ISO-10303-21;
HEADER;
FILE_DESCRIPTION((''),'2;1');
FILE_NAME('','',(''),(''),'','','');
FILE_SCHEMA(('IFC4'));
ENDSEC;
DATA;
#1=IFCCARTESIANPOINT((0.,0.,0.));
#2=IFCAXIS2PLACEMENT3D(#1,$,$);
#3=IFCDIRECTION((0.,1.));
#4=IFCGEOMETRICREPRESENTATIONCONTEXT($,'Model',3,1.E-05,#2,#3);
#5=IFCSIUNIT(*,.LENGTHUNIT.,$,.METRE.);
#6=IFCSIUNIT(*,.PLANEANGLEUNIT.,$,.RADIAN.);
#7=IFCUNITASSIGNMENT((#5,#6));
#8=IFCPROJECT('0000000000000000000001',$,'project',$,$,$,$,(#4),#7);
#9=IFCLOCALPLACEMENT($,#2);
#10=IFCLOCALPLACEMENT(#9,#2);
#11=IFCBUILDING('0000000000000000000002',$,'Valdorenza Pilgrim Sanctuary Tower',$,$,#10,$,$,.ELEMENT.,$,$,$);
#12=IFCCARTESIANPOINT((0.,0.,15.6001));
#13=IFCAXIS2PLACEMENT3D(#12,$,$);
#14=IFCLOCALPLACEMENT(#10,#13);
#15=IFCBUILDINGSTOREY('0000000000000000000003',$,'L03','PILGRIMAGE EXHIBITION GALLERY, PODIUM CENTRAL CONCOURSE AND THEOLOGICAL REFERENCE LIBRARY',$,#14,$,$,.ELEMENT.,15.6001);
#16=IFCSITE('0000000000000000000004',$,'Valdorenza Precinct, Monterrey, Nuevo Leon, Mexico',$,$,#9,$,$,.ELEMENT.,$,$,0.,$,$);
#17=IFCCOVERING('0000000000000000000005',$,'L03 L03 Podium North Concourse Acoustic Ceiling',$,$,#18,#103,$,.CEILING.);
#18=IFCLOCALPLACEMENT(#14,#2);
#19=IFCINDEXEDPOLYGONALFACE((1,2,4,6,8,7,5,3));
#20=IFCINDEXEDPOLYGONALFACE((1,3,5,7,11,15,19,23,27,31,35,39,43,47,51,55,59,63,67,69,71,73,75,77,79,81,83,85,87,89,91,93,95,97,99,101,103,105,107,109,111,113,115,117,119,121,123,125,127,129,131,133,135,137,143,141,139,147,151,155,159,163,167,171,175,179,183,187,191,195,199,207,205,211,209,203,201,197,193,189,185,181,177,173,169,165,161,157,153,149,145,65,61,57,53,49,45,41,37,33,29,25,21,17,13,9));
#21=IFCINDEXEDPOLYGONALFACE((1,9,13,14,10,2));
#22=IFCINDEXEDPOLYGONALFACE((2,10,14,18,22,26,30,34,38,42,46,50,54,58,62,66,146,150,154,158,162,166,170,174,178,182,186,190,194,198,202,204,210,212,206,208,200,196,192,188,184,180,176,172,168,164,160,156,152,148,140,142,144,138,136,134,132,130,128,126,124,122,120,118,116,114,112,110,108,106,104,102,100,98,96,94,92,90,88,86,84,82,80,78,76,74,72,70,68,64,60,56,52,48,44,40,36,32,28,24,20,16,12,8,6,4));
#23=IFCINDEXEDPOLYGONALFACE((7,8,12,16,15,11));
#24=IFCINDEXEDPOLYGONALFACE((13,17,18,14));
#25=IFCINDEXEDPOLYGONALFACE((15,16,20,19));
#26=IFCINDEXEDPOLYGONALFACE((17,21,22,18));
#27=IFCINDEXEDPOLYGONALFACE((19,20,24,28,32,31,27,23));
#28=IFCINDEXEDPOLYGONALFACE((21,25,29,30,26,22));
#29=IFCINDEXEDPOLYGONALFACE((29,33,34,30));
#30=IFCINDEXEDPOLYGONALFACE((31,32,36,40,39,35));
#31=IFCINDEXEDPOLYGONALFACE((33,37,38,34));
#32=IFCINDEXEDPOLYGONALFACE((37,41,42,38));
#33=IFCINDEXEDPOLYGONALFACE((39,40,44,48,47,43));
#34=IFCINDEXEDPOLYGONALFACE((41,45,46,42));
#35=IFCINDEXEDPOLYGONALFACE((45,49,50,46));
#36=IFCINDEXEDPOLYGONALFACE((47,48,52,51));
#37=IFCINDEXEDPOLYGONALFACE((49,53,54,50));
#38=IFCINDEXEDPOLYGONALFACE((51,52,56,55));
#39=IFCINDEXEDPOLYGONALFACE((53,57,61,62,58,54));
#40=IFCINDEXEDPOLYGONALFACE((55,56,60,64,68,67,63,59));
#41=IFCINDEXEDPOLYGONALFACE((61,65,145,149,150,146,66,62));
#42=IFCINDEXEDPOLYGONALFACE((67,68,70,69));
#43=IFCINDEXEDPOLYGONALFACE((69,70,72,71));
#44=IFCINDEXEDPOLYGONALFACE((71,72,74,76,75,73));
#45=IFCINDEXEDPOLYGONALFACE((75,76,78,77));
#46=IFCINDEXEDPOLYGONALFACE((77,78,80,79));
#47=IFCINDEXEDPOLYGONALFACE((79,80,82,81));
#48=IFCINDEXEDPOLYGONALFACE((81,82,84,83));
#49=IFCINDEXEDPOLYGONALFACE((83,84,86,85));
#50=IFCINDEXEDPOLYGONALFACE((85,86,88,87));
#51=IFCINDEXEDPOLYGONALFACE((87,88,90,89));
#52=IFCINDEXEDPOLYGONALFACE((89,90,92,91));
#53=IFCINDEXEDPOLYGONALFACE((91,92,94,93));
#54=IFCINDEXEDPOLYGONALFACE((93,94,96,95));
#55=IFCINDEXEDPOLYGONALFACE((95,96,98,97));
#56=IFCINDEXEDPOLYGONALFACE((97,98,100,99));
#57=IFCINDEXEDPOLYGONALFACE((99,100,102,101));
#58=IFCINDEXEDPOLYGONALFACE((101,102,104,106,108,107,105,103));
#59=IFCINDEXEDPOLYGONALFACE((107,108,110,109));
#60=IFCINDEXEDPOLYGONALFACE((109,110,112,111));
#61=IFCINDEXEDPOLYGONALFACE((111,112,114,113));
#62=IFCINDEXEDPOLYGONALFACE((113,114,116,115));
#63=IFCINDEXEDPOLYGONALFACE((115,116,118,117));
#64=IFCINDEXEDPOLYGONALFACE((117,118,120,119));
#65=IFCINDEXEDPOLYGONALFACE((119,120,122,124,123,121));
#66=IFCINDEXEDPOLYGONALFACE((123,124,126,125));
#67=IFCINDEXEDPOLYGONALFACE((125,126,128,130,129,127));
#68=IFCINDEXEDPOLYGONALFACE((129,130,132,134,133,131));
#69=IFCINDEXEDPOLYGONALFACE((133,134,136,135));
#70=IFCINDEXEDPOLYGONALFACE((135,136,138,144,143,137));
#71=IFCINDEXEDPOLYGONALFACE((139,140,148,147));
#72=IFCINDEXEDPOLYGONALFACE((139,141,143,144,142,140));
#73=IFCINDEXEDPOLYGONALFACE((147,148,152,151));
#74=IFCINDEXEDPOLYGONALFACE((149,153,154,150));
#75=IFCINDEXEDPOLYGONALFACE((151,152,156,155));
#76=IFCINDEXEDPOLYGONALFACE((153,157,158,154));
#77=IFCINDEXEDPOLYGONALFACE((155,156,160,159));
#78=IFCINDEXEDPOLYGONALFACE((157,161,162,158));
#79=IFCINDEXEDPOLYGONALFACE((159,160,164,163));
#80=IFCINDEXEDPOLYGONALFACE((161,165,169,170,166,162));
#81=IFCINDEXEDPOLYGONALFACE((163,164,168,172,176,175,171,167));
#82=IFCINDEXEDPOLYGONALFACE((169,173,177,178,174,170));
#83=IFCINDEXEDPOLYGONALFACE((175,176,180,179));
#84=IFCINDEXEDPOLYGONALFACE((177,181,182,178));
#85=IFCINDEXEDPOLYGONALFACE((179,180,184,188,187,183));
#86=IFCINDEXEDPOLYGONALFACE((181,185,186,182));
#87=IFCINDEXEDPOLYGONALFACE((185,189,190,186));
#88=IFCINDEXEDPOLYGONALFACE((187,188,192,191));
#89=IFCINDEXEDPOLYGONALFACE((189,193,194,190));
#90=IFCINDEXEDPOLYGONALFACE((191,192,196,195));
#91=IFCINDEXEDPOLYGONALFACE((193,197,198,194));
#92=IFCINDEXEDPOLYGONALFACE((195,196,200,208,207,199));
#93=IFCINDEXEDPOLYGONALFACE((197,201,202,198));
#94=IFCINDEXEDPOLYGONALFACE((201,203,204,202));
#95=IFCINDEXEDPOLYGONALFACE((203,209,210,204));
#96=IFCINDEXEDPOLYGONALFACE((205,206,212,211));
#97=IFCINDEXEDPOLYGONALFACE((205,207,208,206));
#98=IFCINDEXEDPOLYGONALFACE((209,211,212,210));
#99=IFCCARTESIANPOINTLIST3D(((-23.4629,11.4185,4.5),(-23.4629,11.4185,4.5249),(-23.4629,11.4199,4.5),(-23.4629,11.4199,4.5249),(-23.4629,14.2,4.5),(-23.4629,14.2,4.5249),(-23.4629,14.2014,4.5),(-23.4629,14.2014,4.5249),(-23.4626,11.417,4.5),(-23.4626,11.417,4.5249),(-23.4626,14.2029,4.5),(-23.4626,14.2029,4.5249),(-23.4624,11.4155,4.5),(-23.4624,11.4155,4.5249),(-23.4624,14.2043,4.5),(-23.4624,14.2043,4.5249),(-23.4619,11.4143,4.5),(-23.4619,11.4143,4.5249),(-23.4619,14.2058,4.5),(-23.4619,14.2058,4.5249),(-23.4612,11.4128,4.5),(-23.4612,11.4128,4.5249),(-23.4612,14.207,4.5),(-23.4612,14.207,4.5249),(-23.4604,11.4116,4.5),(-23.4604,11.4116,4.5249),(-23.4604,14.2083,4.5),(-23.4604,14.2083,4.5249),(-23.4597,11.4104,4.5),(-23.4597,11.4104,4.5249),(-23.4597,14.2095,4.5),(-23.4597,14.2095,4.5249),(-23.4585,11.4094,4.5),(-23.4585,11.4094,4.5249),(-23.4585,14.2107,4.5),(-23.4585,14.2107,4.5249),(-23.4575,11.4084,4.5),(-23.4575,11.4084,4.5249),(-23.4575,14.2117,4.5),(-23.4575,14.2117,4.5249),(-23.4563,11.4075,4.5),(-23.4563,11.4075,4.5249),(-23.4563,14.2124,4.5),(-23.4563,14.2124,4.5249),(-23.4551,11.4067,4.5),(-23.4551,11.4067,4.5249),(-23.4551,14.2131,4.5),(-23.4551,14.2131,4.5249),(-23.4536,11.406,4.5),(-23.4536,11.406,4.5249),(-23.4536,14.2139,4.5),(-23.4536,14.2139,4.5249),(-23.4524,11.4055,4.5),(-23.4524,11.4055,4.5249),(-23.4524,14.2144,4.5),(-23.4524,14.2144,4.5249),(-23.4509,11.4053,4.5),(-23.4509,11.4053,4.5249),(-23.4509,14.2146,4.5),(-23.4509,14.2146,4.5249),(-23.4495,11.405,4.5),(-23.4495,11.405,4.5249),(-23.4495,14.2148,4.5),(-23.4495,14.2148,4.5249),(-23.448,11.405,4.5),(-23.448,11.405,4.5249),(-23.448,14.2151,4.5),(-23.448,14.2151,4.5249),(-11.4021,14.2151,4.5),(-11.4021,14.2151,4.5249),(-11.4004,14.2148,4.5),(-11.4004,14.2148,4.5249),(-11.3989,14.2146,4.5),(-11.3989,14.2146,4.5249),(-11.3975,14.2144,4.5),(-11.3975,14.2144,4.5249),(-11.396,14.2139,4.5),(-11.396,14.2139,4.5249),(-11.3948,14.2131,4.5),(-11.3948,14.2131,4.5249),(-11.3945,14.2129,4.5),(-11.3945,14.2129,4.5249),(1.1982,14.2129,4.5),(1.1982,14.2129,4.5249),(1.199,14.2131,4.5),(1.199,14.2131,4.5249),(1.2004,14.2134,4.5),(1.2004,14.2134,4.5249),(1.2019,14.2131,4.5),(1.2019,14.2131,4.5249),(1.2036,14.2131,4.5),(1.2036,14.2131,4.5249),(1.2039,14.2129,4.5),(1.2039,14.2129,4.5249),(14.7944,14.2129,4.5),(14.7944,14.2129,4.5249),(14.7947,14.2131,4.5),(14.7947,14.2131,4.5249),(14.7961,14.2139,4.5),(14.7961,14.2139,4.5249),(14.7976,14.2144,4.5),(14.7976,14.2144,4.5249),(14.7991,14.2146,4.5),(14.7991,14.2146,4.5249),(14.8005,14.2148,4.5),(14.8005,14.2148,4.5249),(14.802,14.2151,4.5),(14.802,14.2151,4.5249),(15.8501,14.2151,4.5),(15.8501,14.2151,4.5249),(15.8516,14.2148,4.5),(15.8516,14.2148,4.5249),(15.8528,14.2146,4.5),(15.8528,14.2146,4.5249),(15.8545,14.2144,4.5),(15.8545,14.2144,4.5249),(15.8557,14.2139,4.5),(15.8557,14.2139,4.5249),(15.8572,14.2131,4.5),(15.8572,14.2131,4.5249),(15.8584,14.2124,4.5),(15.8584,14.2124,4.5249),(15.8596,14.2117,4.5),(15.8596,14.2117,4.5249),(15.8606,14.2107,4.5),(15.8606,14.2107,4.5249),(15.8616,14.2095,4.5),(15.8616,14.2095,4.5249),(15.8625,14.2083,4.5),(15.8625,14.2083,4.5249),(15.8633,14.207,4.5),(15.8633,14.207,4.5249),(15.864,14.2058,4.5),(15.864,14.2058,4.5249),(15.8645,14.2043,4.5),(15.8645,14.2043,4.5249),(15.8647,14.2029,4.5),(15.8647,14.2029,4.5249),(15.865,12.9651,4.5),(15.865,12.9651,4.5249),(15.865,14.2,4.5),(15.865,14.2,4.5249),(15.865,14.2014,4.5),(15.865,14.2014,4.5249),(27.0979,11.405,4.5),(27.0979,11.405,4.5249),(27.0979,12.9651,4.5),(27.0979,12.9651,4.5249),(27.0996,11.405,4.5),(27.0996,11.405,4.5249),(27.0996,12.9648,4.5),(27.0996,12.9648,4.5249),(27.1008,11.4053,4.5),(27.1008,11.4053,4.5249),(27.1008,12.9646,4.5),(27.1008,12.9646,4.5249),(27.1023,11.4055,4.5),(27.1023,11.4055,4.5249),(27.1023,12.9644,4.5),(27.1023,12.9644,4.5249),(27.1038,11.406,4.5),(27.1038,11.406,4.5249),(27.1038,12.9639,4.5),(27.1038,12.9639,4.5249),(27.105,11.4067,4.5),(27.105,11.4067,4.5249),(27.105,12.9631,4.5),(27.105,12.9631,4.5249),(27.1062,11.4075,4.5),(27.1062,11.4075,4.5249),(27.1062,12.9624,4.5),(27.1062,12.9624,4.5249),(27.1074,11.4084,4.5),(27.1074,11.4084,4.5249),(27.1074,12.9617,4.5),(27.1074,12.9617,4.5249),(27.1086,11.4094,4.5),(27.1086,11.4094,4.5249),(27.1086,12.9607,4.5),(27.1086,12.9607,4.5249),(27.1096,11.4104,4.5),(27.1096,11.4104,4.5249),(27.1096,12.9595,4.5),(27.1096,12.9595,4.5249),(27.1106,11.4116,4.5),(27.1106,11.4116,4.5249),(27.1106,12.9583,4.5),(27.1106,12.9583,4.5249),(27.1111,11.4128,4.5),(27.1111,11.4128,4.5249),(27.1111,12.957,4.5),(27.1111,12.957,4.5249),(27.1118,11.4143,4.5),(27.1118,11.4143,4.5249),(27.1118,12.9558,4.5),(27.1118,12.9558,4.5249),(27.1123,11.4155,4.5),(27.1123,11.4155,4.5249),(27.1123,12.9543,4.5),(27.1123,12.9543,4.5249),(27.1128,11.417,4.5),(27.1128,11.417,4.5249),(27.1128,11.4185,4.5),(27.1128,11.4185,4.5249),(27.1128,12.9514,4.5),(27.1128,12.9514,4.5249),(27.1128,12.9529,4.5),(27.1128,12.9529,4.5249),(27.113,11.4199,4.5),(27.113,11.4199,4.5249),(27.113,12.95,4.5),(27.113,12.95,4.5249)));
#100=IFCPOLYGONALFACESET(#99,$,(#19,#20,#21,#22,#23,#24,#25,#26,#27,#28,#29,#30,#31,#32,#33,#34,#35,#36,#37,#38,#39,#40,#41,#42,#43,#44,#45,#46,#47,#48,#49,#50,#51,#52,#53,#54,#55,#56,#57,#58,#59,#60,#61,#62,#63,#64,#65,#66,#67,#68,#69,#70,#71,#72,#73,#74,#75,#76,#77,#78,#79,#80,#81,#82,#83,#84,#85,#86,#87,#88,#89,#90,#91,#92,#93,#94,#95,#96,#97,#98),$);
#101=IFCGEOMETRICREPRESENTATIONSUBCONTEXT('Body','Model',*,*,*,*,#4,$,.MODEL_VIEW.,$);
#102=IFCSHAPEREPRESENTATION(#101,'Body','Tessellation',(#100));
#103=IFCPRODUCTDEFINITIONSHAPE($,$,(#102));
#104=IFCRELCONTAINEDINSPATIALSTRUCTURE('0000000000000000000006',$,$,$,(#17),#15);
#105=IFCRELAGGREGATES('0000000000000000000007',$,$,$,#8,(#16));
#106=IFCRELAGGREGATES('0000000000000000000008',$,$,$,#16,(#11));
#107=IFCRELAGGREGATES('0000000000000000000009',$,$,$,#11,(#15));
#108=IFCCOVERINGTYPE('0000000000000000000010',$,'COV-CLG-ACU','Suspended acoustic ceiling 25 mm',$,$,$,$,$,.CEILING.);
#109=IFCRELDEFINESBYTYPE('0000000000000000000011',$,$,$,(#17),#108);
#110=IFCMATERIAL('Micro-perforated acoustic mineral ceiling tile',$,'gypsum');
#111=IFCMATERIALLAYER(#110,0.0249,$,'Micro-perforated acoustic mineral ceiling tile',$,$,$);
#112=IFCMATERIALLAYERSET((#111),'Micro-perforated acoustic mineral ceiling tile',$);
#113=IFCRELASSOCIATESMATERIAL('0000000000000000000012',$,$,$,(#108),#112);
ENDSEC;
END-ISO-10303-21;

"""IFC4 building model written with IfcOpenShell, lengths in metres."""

from ifc_helpers import new_model, si_unit, direction, frame, origin, place, context, subcontext, project, spatial, polyline, outline, extrude, material, layer, layer_set, type_object, element, save


model = new_model("IFC4")

# Units and contexts
model_context = context("Model", 3, precision=1e-05, world=origin(), true_north=direction((0.0, 1.0)))
body_context = subcontext(model_context, "Body", "Model", "MODEL_VIEW")
ifc_project = project(units=[si_unit("LENGTHUNIT", "METRE"), si_unit("PLANEANGLEUNIT", "RADIAN")], contexts=[model_context])

# Site, building, storey
site_placement = place(None, origin())
site = spatial("IfcSite", under=ifc_project, at=site_placement, Name="Valdorenza Precinct, Monterrey, Nuevo Leon, Mexico", CompositionType="ELEMENT", RefElevation=0.0)
building_placement = place(site_placement, origin())
building = spatial("IfcBuilding", under=site, at=building_placement, Name="Valdorenza Pilgrim Sanctuary Tower", CompositionType="ELEMENT")
storey_placement = place(building_placement, frame((0.0, 0.0, 15.6001)))
storey = spatial("IfcBuildingStorey", under=building, at=storey_placement, Name="L03", Description="PILGRIMAGE EXHIBITION GALLERY, PODIUM CENTRAL CONCOURSE AND THEOLOGICAL REFERENCE LIBRARY", CompositionType="ELEMENT", Elevation=15.6001)

# Covering
ifc_material_1 = material(Name="Micro-perforated acoustic mineral ceiling tile", Category="gypsum")
ifc_layer_1 = layer(ifc_material_1, 0.0249, Name="Micro-perforated acoustic mineral ceiling tile")
ifc_layer_set_1 = layer_set([ifc_layer_1], Name="Micro-perforated acoustic mineral ceiling tile")
covering_type_1 = type_object("IfcCoveringType", Name="COV-CLG-ACU", Description="Suspended acoustic ceiling 25 mm", PredefinedType="CEILING", material=ifc_layer_set_1)
covering_1_placement = place(storey_placement, frame((0.0, 0.0, 4.5)))
element("IfcCovering", 1, at=covering_1_placement, inside=storey, type_object=covering_type_1, Name="L03 L03 Podium North Concourse Acoustic Ceiling", PredefinedType="CEILING", context=body_context, shape_type="SweptSolid", body=[
    extrude(outline(polyline([(-23.448, 11.405), (-23.4495, 11.405), (-23.4509, 11.4053), (-23.4524, 11.4055), (-23.4536, 11.406), (-23.4551, 11.4067), (-23.4563, 11.4075), (-23.4575, 11.4084), (-23.4585, 11.4094), (-23.4597, 11.4104), (-23.4604, 11.4116), (-23.4612, 11.4128), (-23.4619, 11.4143), (-23.4624, 11.4155), (-23.4626, 11.417), (-23.4629, 11.4185), (-23.4629, 11.4199), (-23.4629, 14.2), (-23.4629, 14.2014), (-23.4626, 14.2029), (-23.4624, 14.2043), (-23.4619, 14.2058), (-23.4612, 14.207), (-23.4604, 14.2083), (-23.4597, 14.2095), (-23.4585, 14.2107), (-23.4575, 14.2117), (-23.4563, 14.2124), (-23.4551, 14.2131), (-23.4536, 14.2139), (-23.4524, 14.2144), (-23.4509, 14.2146), (-23.4495, 14.2148), (-23.448, 14.2151), (-11.4021, 14.2151), (-11.4004, 14.2148), (-11.3989, 14.2146), (-11.3975, 14.2144), (-11.396, 14.2139), (-11.3948, 14.2131), (-11.3945, 14.2129), (1.1982, 14.2129), (1.199, 14.2131), (1.2004, 14.2134), (1.2019, 14.2131), (1.2036, 14.2131), (1.2039, 14.2129), (14.7944, 14.2129), (14.7947, 14.2131), (14.7961, 14.2139), (14.7976, 14.2144), (14.7991, 14.2146), (14.8005, 14.2148), (14.802, 14.2151), (15.8501, 14.2151), (15.8516, 14.2148), (15.8528, 14.2146), (15.8545, 14.2144), (15.8557, 14.2139), (15.8572, 14.2131), (15.8584, 14.2124), (15.8596, 14.2117), (15.8606, 14.2107), (15.8616, 14.2095), (15.8625, 14.2083), (15.8633, 14.207), (15.864, 14.2058), (15.8645, 14.2043), (15.8647, 14.2029), (15.865, 14.2014), (15.865, 14.2), (15.865, 12.9651), (27.0979, 12.9651), (27.0996, 12.9648), (27.1008, 12.9646), (27.1023, 12.9644), (27.1038, 12.9639), (27.105, 12.9631), (27.1062, 12.9624), (27.1074, 12.9617), (27.1086, 12.9607), (27.1096, 12.9595), (27.1106, 12.9583), (27.1111, 12.957), (27.1118, 12.9558), (27.1123, 12.9543), (27.1128, 12.9529), (27.1128, 12.9514), (27.113, 12.95), (27.113, 11.4199), (27.1128, 11.4185), (27.1128, 11.417), (27.1123, 11.4155), (27.1118, 11.4143), (27.1111, 11.4128), (27.1106, 11.4116), (27.1096, 11.4104), (27.1086, 11.4094), (27.1074, 11.4084), (27.1062, 11.4075), (27.105, 11.4067), (27.1038, 11.406), (27.1023, 11.4055), (27.1008, 11.4053), (27.0996, 11.405), (27.0979, 11.405), (-23.448, 11.405)])), origin(), (0.0, 0.0, 1.0), 0.0249),
])

save(model, "model.ifc")
